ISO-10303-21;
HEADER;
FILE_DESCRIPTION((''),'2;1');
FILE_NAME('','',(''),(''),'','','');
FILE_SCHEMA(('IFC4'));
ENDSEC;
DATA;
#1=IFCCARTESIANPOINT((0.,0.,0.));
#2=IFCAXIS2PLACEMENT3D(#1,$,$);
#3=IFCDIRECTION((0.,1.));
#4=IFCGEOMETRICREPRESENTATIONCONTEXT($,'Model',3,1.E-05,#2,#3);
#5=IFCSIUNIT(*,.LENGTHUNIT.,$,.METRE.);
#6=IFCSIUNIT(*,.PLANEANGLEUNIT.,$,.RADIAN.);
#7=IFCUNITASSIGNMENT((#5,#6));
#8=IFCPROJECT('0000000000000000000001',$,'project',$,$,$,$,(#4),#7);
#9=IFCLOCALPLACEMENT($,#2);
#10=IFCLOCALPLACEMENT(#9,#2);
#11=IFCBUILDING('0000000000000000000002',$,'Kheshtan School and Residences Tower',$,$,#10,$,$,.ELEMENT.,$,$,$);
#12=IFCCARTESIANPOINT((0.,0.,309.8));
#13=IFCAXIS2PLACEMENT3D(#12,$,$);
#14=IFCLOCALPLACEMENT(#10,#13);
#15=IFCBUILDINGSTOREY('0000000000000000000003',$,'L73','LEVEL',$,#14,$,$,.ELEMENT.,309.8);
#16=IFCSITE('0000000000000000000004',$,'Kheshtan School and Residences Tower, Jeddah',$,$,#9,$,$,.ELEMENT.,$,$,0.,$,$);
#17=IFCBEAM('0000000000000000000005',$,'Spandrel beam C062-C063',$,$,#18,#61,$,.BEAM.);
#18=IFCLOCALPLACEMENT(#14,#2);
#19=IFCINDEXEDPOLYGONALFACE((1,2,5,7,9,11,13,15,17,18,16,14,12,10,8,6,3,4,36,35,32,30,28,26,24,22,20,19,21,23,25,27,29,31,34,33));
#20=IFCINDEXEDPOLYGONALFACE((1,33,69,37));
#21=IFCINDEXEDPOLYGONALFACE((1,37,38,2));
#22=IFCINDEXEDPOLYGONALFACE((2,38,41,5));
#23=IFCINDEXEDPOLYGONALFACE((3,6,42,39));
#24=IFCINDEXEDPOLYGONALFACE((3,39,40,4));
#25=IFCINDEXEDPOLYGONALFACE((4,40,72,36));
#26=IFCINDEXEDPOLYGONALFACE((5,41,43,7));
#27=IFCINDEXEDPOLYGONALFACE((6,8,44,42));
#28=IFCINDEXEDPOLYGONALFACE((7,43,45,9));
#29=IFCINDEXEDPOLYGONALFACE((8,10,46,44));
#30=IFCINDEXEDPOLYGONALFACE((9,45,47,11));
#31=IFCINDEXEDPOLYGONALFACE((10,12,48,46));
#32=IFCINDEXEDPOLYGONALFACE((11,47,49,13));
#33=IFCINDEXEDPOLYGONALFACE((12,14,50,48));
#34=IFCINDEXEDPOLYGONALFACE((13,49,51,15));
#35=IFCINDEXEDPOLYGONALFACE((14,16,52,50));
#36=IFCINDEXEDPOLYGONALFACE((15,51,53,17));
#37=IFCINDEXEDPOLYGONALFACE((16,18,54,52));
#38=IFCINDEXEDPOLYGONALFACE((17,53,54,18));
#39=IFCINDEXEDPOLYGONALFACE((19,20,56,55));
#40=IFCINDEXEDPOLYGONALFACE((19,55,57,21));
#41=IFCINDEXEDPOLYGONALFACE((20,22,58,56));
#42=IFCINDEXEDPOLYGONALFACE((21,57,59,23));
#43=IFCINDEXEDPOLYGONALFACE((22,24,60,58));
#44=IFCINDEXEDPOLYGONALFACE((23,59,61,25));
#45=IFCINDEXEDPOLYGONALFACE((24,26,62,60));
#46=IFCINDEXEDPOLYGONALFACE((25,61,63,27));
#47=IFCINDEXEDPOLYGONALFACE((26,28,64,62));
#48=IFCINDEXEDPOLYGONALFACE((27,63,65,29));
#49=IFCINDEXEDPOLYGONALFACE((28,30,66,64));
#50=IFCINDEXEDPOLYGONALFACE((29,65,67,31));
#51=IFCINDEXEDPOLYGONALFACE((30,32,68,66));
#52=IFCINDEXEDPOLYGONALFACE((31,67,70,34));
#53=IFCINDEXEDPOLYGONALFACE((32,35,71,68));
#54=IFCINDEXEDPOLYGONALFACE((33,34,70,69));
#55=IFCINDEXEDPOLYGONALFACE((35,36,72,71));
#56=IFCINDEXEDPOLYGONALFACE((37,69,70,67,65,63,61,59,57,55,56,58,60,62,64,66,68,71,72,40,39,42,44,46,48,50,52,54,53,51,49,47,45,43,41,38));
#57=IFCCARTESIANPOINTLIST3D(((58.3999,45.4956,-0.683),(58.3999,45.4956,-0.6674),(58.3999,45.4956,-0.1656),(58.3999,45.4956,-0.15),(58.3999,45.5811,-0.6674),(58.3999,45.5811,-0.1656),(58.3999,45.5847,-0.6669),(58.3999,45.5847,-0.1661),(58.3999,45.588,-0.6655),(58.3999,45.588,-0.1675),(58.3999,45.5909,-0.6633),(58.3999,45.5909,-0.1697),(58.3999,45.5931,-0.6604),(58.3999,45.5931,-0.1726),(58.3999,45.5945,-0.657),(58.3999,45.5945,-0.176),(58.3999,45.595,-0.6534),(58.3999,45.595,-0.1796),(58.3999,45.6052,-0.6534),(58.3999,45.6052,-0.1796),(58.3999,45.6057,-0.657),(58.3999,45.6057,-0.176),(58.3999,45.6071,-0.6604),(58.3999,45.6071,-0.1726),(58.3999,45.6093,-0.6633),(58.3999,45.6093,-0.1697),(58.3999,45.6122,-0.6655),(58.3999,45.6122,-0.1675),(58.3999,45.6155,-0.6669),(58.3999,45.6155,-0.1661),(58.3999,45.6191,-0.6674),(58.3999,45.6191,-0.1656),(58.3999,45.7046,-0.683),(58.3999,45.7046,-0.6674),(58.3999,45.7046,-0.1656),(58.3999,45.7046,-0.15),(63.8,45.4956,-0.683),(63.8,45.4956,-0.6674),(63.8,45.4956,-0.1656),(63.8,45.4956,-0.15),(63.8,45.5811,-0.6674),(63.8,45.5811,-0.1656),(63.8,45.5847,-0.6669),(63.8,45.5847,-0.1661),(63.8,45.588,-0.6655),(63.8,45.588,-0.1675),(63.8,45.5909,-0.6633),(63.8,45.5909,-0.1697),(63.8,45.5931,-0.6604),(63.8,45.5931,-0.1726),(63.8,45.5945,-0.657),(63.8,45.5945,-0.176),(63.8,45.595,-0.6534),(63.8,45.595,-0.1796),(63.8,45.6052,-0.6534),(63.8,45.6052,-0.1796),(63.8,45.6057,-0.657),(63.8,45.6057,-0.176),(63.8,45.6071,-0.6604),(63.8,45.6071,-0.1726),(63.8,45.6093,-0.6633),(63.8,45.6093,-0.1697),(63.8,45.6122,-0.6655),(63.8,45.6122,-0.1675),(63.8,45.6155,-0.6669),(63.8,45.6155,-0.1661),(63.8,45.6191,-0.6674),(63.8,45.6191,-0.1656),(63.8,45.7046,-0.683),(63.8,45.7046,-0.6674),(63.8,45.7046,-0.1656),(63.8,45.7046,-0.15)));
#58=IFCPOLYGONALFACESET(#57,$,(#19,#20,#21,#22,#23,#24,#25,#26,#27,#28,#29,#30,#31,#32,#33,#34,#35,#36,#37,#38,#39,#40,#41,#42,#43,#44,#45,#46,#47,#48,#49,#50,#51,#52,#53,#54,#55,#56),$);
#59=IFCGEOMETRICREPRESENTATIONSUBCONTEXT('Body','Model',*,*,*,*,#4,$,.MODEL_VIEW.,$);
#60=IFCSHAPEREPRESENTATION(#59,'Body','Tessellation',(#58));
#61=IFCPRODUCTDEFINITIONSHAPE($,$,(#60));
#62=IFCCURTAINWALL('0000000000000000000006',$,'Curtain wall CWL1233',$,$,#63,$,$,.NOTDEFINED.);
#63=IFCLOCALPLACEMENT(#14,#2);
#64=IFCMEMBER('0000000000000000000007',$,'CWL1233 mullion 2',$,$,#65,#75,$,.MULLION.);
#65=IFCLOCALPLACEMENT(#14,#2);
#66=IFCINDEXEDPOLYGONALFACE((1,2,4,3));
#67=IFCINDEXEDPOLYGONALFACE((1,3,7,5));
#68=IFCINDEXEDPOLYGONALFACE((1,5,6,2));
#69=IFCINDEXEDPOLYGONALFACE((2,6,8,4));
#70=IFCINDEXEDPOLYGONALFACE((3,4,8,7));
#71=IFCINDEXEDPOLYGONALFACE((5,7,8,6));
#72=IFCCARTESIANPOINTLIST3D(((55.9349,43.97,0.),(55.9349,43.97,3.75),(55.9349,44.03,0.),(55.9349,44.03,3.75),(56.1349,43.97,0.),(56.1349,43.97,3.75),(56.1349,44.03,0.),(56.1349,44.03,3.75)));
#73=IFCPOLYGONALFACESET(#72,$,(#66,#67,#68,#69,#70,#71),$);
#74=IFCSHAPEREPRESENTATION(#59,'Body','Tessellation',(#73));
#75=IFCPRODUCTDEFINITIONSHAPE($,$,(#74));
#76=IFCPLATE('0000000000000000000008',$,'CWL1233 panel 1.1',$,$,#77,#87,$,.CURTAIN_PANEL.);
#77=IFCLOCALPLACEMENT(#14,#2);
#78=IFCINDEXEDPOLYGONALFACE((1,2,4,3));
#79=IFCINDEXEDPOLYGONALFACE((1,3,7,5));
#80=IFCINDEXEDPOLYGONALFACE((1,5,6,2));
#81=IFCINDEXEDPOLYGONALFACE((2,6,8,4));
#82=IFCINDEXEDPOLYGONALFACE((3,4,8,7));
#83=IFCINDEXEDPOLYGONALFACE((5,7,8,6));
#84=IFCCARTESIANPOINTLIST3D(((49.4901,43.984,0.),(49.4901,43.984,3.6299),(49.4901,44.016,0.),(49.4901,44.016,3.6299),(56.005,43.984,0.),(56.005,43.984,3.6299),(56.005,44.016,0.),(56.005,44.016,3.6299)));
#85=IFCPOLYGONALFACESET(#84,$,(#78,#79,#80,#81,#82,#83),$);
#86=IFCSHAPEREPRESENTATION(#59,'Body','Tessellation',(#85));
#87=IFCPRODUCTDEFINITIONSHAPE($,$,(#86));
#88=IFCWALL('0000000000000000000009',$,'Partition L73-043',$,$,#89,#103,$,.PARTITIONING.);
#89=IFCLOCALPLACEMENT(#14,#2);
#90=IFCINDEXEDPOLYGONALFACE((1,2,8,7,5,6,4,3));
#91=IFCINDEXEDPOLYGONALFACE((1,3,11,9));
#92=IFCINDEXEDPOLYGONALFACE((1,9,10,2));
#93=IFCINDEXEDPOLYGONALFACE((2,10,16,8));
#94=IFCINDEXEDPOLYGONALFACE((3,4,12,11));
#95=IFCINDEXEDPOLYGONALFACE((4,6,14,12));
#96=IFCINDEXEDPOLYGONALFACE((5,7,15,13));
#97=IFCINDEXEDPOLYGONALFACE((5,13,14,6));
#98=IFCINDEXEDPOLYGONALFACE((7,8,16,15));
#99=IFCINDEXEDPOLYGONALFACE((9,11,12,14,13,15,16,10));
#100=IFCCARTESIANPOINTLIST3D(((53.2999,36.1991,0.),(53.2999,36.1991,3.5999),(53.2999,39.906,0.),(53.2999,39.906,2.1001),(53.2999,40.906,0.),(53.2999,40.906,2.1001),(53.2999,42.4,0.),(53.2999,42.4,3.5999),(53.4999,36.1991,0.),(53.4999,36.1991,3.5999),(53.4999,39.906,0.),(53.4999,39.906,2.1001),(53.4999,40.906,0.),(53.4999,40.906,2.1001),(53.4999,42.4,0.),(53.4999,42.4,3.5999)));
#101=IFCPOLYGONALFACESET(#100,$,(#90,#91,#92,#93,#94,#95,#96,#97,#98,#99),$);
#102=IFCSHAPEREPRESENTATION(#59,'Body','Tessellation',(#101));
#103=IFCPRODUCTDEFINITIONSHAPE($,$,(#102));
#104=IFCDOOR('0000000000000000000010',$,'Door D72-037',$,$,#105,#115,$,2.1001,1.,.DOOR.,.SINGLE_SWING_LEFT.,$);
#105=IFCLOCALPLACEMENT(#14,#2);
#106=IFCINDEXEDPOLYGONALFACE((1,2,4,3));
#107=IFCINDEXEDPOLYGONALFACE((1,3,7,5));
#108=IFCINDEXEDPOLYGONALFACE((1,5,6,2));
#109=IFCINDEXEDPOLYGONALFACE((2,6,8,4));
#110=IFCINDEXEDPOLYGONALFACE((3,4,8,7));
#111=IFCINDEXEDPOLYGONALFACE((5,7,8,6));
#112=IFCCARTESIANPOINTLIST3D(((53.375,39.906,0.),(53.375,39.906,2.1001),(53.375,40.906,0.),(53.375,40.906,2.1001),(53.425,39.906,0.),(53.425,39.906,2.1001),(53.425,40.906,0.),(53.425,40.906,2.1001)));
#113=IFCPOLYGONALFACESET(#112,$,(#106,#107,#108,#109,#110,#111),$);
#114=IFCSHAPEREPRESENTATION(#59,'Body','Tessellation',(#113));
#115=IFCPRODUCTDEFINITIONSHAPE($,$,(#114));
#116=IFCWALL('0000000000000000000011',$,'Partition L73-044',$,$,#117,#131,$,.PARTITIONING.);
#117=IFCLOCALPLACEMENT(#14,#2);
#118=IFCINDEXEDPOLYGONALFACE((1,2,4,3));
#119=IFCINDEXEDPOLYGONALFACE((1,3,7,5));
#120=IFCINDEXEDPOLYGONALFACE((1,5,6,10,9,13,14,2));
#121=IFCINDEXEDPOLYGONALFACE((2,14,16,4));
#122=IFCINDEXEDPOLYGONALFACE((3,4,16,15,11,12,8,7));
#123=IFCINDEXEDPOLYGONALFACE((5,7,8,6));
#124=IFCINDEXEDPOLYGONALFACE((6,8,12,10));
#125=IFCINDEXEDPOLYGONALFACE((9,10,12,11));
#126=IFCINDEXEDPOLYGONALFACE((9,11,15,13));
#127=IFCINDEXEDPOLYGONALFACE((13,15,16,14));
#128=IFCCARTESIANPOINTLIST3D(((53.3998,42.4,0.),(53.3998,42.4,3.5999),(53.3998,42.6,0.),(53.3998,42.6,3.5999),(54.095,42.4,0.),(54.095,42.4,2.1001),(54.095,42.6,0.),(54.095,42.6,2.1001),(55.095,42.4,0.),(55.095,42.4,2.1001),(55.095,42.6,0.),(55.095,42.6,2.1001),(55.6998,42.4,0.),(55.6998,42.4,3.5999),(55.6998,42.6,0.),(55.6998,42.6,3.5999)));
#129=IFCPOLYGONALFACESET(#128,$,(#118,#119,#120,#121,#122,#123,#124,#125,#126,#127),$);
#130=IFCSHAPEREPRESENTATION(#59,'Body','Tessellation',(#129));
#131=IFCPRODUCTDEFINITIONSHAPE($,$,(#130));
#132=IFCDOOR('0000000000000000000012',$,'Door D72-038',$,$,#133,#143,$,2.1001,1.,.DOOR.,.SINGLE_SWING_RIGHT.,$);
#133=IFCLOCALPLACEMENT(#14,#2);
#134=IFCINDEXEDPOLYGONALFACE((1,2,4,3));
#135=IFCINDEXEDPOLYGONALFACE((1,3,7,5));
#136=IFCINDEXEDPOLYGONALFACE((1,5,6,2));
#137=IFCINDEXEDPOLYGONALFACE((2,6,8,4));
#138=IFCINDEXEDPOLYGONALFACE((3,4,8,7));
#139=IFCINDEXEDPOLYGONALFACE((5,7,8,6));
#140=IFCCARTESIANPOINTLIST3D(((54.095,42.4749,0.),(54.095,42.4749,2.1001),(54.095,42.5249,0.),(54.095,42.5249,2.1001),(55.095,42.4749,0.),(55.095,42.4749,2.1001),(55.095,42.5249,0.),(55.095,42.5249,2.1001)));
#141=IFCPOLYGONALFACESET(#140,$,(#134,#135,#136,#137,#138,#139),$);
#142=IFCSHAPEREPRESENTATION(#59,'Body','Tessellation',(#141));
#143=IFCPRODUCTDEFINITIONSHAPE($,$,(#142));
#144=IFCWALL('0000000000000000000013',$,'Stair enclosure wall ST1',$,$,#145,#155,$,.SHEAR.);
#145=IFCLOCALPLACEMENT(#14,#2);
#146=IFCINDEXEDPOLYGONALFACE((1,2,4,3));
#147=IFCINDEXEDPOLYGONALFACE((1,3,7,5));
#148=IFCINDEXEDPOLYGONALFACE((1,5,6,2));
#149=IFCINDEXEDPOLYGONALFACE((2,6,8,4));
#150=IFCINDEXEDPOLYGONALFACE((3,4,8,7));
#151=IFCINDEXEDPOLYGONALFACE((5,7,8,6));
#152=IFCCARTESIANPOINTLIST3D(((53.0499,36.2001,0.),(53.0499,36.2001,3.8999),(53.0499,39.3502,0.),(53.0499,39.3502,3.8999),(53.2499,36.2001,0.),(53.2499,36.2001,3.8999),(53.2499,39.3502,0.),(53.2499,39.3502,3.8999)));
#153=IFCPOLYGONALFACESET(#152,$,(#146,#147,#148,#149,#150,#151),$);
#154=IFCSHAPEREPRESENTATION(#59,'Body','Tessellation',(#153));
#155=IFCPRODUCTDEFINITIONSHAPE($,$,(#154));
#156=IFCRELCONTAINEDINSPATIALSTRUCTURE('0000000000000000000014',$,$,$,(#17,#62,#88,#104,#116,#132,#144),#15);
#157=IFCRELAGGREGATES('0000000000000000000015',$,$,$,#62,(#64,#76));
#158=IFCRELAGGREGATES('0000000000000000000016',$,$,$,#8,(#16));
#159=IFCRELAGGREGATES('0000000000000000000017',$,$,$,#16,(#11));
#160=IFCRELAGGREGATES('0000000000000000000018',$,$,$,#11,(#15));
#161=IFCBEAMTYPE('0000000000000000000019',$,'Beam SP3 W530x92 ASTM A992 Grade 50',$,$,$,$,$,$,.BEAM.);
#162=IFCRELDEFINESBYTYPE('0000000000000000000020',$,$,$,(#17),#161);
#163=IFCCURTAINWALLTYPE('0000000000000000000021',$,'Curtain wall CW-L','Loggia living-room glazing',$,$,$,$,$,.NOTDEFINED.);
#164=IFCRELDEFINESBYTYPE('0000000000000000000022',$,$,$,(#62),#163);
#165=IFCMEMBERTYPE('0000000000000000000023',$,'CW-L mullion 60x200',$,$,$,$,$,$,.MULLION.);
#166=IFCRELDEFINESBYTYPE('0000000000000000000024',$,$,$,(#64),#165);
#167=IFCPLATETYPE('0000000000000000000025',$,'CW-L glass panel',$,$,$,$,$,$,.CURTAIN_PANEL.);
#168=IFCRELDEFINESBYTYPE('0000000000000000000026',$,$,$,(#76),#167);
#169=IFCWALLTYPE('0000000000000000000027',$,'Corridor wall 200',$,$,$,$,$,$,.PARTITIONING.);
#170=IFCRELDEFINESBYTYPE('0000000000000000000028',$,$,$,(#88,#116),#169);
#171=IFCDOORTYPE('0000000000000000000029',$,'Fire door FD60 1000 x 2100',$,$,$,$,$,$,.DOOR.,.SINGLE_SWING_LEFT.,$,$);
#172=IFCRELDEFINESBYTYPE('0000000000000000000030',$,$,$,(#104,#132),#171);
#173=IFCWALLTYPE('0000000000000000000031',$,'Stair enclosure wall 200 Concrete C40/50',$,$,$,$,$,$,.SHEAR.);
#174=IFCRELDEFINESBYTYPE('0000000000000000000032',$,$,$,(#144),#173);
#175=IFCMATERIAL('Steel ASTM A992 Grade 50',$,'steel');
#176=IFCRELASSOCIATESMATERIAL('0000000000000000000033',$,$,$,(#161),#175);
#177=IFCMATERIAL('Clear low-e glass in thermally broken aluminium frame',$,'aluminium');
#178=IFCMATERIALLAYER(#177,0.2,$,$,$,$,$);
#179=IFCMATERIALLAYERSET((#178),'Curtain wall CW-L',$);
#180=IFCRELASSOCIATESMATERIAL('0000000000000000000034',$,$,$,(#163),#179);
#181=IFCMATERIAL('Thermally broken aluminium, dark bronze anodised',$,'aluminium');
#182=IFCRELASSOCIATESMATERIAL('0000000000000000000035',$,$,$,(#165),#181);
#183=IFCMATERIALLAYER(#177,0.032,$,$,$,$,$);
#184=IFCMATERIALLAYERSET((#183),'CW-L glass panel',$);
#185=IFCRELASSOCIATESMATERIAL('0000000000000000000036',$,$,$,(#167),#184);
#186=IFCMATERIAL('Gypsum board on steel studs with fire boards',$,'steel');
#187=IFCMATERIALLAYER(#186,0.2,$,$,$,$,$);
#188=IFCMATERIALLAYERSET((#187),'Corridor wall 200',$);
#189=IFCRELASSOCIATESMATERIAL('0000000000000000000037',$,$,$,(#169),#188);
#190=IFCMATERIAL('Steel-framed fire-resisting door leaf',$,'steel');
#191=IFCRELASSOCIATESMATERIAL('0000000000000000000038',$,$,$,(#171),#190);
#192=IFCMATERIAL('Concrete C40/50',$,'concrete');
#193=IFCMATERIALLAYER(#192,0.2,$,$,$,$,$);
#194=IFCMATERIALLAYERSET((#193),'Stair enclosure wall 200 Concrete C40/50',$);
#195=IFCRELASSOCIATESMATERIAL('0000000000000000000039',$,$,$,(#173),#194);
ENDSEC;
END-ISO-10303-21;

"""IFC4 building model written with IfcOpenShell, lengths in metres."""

from ifc_helpers import new_model, si_unit, direction, frame, frame_2d, origin, origin_2d, place, context, subcontext, project, spatial, rectangle, i_section, extrude, source, transform, mapped, material, layer, layer_set, material_profile, profile_set, type_object, element, fill, aggregate, save


model = new_model("IFC4")

# Units and contexts
model_context = context("Model", 3, precision=1e-05, world=origin(), true_north=direction((0.0, 1.0)))
body_context = subcontext(model_context, "Body", "Model", "MODEL_VIEW")
ifc_project = project(units=[si_unit("LENGTHUNIT", "METRE"), si_unit("PLANEANGLEUNIT", "RADIAN")], contexts=[model_context])

# Site, building, storey
site_placement = place(None, origin())
site = spatial("IfcSite", under=ifc_project, at=site_placement, Name="Kheshtan School and Residences Tower, Jeddah", CompositionType="ELEMENT", RefElevation=0.0)
building_placement = place(site_placement, origin())
building = spatial("IfcBuilding", under=site, at=building_placement, Name="Kheshtan School and Residences Tower", CompositionType="ELEMENT")
storey_placement = place(building_placement, frame((0.0, 0.0, 309.8)))
storey = spatial("IfcBuildingStorey", under=building, at=storey_placement, Name="L73", Description="LEVEL", CompositionType="ELEMENT", Elevation=309.8)

# Shared definitions
ifc_material_1 = material(Name="Steel ASTM A992 Grade 50", Category="steel")

# Beam
ifc_material_profile_1 = material_profile(ifc_material_1, i_section(OverallWidth=0.209, OverallDepth=0.533, WebThickness=0.0103, FlangeThickness=0.0156, FilletRadius=0.0139, at=origin_2d()), Name="W530x92")
ifc_profile_set_1 = profile_set([ifc_material_profile_1], Name="Steel ASTM A992 Grade 50")
beam_type_1 = type_object("IfcBeamType", Name="Beam SP3 W530x92 ASTM A992 Grade 50", PredefinedType="BEAM", material=ifc_profile_set_1)
beam_1_placement = place(storey_placement, frame((58.3999, 45.6001, -0.4165), z_axis=(1.0, 0.0, 0.0), x_axis=(0.0, 1.0, 0.0)))
element("IfcBeam", 1, at=beam_1_placement, inside=storey, type_object=beam_type_1, Name="Spandrel beam C062-C063", PredefinedType="BEAM", context=body_context, shape_type="SweptSolid", body=[
    extrude(i_section(OverallWidth=0.209, OverallDepth=0.533, WebThickness=0.0103, FlangeThickness=0.0156, FilletRadius=0.0139, at=origin_2d()), origin(), (0.0, 0.0, 1.0), 5.4001),
])

# Curtain wall, member, plate
ifc_material_2 = material(Name="Clear low-e glass in thermally broken aluminium frame", Category="aluminium")
ifc_layer_1 = layer(ifc_material_2, 0.2)
ifc_layer_set_1 = layer_set([ifc_layer_1], Name="Curtain wall CW-L")
curtain_wall_type = type_object("IfcCurtainWallType", Name="Curtain wall CW-L", Description="Loggia living-room glazing", PredefinedType="NOTDEFINED", material=ifc_layer_set_1)
curtain_wall_placement = place(storey_placement, origin())
curtain_wall = element("IfcCurtainWall", 2, at=curtain_wall_placement, inside=storey, type_object=curtain_wall_type, Name="Curtain wall CWL1233", PredefinedType="NOTDEFINED")
ifc_material_3 = material(Name="Thermally broken aluminium, dark bronze anodised", Category="aluminium")
ifc_material_profile_2 = material_profile(ifc_material_3, rectangle(XDim=0.0601, YDim=0.2, at=origin_2d()), Name="CW-L mullion 60x200")
ifc_profile_set_2 = profile_set([ifc_material_profile_2], Name="Thermally broken aluminium, dark bronze anodised")
member_type = type_object("IfcMemberType", Name="CW-L mullion 60x200", PredefinedType="MULLION", material=ifc_profile_set_2)
member_placement = place(storey_placement, frame((56.0349, 44.0, 0.0), z_axis=(0.0, 0.0, 1.0), x_axis=(0.0, 1.0, 0.0)))
member = element("IfcMember", 3, at=member_placement, type_object=member_type, Name="CWL1233 mullion 2", PredefinedType="MULLION", context=body_context, shape_type="SweptSolid", body=[
    extrude(rectangle(XDim=0.0601, YDim=0.2, at=origin_2d()), origin(), (0.0, 0.0, 1.0), 3.75),
])
ifc_layer_2 = layer(ifc_material_2, 0.032)
ifc_layer_set_2 = layer_set([ifc_layer_2], Name="CW-L glass panel")
plate_type = type_object("IfcPlateType", Name="CW-L glass panel", PredefinedType="CURTAIN_PANEL", material=ifc_layer_set_2)
plate_placement = place(storey_placement, frame((52.7476, 44.0, 0.0), z_axis=(0.0, 0.0, 1.0), x_axis=(1.0, 0.0, 0.0)))
plate = element("IfcPlate", 4, at=plate_placement, type_object=plate_type, Name="CWL1233 panel 1.1", PredefinedType="CURTAIN_PANEL", context=body_context, shape_type="SweptSolid", body=[
    extrude(rectangle(XDim=6.5149, YDim=0.032, at=origin_2d()), origin(), (0.0, 0.0, 1.0), 3.6299),
])
aggregate(curtain_wall, [member, plate])

# Walls, openings, doors
ifc_material_4 = material(Name="Gypsum board on steel studs with fire boards", Category="steel")
ifc_layer_3 = layer(ifc_material_4, 0.2)
ifc_layer_set_3 = layer_set([ifc_layer_3], Name="Corridor wall 200")
wall_type_1 = type_object("IfcWallType", Name="Corridor wall 200", PredefinedType="PARTITIONING", material=ifc_layer_set_3)
wall_1_placement = place(storey_placement, frame((53.3999, 36.199, 0.0), z_axis=(0.0, 0.0, 1.0), x_axis=(0.0, 1.0, 0.0)))
wall_1 = element("IfcWall", 5, at=wall_1_placement, inside=storey, type_object=wall_type_1, Name="Partition L73-043", PredefinedType="PARTITIONING", context=body_context, shape_type="SweptSolid", body=[
    extrude(rectangle(XDim=6.2009, YDim=0.2, at=frame_2d((3.1006, 0.0))), origin(), (0.0, 0.0, 1.0), 3.5999),
])
opening_1_placement = place(wall_1_placement, frame((3.707, 0.0, 0.0)))
opening_1 = element("IfcOpeningElement", 6, at=opening_1_placement, cuts=wall_1, PredefinedType="OPENING", context=body_context, shape_type="SweptSolid", body=[
    extrude(rectangle(XDim=1.0, YDim=2.1001, at=frame_2d((0.5, 1.05))), frame((0.0, 0.1099, 0.0), z_axis=(0.0, -1.0, 0.0), x_axis=(1.0, 0.0, 0.0)), (0.0, 0.0, 1.0), 0.22),
])
ifc_material_5 = material(Name="Steel-framed fire-resisting door leaf", Category="steel")
door_type_1 = type_object("IfcDoorType", Name="Fire door FD60 1000 x 2100", OperationType="SINGLE_SWING_LEFT", PredefinedType="DOOR", material=ifc_material_5)
shared_shape_1 = source(origin(), body_context, "Body", "SweptSolid", [
    extrude(rectangle(XDim=1.0, YDim=2.1001, at=frame_2d((0.5, 1.05))), frame((0.0, 0.0249, 0.0), z_axis=(0.0, -1.0, 0.0), x_axis=(1.0, 0.0, 0.0)), (0.0, 0.0, 1.0), 0.05),
])
door_1_placement = place(opening_1_placement, origin())
door_1 = element("IfcDoor", 7, at=door_1_placement, inside=storey, type_object=door_type_1, Name="Door D72-037", OperationType="SINGLE_SWING_LEFT", OverallHeight=2.1001, OverallWidth=1.0, PredefinedType="DOOR", context=body_context, shape_type="MappedRepresentation", body=[
    mapped(shared_shape_1, transform((0.0, 0.0, 0.0), x_axis=(1.0, 0.0, 0.0), y_axis=(0.0, 1.0, 0.0), z_axis=(0.0, 0.0, 1.0), scale=1.0)),
])
fill(opening_1, door_1)
wall_2_placement = place(storey_placement, frame((53.3999, 42.5, 0.0), z_axis=(0.0, 0.0, 1.0), x_axis=(1.0, 0.0, 0.0)))
wall_2 = element("IfcWall", 8, at=wall_2_placement, inside=storey, type_object=wall_type_1, Name="Partition L73-044", PredefinedType="PARTITIONING", context=body_context, shape_type="SweptSolid", body=[
    extrude(rectangle(XDim=2.3, YDim=0.2, at=frame_2d((1.1499, 0.0))), origin(), (0.0, 0.0, 1.0), 3.5999),
])
opening_2_placement = place(wall_2_placement, frame((0.6951, 0.0, 0.0)))
opening_2 = element("IfcOpeningElement", 9, at=opening_2_placement, cuts=wall_2, PredefinedType="OPENING", context=body_context, shape_type="SweptSolid", body=[
    extrude(rectangle(XDim=1.0, YDim=2.1001, at=frame_2d((0.5, 1.05))), frame((0.0, 0.1099, 0.0), z_axis=(0.0, -1.0, 0.0), x_axis=(1.0, 0.0, 0.0)), (0.0, 0.0, 1.0), 0.22),
])
door_2_placement = place(opening_2_placement, origin())
door_2 = element("IfcDoor", 10, at=door_2_placement, inside=storey, type_object=door_type_1, Name="Door D72-038", OperationType="SINGLE_SWING_RIGHT", OverallHeight=2.1001, OverallWidth=1.0, PredefinedType="DOOR", context=body_context, shape_type="MappedRepresentation", body=[
    mapped(shared_shape_1, transform((0.0, 0.0, 0.0), x_axis=(1.0, 0.0, 0.0), y_axis=(0.0, 1.0, 0.0), z_axis=(0.0, 0.0, 1.0), scale=1.0)),
])
fill(opening_2, door_2)

# Wall
ifc_material_6 = material(Name="Concrete C40/50", Category="concrete")
ifc_layer_4 = layer(ifc_material_6, 0.2)
ifc_layer_set_4 = layer_set([ifc_layer_4], Name="Stair enclosure wall 200 Concrete C40/50")
wall_type_2 = type_object("IfcWallType", Name="Stair enclosure wall 200 Concrete C40/50", PredefinedType="SHEAR", material=ifc_layer_set_4)
wall_3_placement = place(storey_placement, frame((53.1499, 36.2, 0.0), z_axis=(0.0, 0.0, 1.0), x_axis=(0.0, 1.0, 0.0)))
element("IfcWall", 11, at=wall_3_placement, inside=storey, type_object=wall_type_2, Name="Stair enclosure wall ST1", PredefinedType="SHEAR", context=body_context, shape_type="SweptSolid", body=[
    extrude(rectangle(XDim=3.1501, YDim=0.2, at=frame_2d((1.5752, 0.0))), origin(), (0.0, 0.0, 1.0), 3.8999),
])

save(model, "model.ifc")
